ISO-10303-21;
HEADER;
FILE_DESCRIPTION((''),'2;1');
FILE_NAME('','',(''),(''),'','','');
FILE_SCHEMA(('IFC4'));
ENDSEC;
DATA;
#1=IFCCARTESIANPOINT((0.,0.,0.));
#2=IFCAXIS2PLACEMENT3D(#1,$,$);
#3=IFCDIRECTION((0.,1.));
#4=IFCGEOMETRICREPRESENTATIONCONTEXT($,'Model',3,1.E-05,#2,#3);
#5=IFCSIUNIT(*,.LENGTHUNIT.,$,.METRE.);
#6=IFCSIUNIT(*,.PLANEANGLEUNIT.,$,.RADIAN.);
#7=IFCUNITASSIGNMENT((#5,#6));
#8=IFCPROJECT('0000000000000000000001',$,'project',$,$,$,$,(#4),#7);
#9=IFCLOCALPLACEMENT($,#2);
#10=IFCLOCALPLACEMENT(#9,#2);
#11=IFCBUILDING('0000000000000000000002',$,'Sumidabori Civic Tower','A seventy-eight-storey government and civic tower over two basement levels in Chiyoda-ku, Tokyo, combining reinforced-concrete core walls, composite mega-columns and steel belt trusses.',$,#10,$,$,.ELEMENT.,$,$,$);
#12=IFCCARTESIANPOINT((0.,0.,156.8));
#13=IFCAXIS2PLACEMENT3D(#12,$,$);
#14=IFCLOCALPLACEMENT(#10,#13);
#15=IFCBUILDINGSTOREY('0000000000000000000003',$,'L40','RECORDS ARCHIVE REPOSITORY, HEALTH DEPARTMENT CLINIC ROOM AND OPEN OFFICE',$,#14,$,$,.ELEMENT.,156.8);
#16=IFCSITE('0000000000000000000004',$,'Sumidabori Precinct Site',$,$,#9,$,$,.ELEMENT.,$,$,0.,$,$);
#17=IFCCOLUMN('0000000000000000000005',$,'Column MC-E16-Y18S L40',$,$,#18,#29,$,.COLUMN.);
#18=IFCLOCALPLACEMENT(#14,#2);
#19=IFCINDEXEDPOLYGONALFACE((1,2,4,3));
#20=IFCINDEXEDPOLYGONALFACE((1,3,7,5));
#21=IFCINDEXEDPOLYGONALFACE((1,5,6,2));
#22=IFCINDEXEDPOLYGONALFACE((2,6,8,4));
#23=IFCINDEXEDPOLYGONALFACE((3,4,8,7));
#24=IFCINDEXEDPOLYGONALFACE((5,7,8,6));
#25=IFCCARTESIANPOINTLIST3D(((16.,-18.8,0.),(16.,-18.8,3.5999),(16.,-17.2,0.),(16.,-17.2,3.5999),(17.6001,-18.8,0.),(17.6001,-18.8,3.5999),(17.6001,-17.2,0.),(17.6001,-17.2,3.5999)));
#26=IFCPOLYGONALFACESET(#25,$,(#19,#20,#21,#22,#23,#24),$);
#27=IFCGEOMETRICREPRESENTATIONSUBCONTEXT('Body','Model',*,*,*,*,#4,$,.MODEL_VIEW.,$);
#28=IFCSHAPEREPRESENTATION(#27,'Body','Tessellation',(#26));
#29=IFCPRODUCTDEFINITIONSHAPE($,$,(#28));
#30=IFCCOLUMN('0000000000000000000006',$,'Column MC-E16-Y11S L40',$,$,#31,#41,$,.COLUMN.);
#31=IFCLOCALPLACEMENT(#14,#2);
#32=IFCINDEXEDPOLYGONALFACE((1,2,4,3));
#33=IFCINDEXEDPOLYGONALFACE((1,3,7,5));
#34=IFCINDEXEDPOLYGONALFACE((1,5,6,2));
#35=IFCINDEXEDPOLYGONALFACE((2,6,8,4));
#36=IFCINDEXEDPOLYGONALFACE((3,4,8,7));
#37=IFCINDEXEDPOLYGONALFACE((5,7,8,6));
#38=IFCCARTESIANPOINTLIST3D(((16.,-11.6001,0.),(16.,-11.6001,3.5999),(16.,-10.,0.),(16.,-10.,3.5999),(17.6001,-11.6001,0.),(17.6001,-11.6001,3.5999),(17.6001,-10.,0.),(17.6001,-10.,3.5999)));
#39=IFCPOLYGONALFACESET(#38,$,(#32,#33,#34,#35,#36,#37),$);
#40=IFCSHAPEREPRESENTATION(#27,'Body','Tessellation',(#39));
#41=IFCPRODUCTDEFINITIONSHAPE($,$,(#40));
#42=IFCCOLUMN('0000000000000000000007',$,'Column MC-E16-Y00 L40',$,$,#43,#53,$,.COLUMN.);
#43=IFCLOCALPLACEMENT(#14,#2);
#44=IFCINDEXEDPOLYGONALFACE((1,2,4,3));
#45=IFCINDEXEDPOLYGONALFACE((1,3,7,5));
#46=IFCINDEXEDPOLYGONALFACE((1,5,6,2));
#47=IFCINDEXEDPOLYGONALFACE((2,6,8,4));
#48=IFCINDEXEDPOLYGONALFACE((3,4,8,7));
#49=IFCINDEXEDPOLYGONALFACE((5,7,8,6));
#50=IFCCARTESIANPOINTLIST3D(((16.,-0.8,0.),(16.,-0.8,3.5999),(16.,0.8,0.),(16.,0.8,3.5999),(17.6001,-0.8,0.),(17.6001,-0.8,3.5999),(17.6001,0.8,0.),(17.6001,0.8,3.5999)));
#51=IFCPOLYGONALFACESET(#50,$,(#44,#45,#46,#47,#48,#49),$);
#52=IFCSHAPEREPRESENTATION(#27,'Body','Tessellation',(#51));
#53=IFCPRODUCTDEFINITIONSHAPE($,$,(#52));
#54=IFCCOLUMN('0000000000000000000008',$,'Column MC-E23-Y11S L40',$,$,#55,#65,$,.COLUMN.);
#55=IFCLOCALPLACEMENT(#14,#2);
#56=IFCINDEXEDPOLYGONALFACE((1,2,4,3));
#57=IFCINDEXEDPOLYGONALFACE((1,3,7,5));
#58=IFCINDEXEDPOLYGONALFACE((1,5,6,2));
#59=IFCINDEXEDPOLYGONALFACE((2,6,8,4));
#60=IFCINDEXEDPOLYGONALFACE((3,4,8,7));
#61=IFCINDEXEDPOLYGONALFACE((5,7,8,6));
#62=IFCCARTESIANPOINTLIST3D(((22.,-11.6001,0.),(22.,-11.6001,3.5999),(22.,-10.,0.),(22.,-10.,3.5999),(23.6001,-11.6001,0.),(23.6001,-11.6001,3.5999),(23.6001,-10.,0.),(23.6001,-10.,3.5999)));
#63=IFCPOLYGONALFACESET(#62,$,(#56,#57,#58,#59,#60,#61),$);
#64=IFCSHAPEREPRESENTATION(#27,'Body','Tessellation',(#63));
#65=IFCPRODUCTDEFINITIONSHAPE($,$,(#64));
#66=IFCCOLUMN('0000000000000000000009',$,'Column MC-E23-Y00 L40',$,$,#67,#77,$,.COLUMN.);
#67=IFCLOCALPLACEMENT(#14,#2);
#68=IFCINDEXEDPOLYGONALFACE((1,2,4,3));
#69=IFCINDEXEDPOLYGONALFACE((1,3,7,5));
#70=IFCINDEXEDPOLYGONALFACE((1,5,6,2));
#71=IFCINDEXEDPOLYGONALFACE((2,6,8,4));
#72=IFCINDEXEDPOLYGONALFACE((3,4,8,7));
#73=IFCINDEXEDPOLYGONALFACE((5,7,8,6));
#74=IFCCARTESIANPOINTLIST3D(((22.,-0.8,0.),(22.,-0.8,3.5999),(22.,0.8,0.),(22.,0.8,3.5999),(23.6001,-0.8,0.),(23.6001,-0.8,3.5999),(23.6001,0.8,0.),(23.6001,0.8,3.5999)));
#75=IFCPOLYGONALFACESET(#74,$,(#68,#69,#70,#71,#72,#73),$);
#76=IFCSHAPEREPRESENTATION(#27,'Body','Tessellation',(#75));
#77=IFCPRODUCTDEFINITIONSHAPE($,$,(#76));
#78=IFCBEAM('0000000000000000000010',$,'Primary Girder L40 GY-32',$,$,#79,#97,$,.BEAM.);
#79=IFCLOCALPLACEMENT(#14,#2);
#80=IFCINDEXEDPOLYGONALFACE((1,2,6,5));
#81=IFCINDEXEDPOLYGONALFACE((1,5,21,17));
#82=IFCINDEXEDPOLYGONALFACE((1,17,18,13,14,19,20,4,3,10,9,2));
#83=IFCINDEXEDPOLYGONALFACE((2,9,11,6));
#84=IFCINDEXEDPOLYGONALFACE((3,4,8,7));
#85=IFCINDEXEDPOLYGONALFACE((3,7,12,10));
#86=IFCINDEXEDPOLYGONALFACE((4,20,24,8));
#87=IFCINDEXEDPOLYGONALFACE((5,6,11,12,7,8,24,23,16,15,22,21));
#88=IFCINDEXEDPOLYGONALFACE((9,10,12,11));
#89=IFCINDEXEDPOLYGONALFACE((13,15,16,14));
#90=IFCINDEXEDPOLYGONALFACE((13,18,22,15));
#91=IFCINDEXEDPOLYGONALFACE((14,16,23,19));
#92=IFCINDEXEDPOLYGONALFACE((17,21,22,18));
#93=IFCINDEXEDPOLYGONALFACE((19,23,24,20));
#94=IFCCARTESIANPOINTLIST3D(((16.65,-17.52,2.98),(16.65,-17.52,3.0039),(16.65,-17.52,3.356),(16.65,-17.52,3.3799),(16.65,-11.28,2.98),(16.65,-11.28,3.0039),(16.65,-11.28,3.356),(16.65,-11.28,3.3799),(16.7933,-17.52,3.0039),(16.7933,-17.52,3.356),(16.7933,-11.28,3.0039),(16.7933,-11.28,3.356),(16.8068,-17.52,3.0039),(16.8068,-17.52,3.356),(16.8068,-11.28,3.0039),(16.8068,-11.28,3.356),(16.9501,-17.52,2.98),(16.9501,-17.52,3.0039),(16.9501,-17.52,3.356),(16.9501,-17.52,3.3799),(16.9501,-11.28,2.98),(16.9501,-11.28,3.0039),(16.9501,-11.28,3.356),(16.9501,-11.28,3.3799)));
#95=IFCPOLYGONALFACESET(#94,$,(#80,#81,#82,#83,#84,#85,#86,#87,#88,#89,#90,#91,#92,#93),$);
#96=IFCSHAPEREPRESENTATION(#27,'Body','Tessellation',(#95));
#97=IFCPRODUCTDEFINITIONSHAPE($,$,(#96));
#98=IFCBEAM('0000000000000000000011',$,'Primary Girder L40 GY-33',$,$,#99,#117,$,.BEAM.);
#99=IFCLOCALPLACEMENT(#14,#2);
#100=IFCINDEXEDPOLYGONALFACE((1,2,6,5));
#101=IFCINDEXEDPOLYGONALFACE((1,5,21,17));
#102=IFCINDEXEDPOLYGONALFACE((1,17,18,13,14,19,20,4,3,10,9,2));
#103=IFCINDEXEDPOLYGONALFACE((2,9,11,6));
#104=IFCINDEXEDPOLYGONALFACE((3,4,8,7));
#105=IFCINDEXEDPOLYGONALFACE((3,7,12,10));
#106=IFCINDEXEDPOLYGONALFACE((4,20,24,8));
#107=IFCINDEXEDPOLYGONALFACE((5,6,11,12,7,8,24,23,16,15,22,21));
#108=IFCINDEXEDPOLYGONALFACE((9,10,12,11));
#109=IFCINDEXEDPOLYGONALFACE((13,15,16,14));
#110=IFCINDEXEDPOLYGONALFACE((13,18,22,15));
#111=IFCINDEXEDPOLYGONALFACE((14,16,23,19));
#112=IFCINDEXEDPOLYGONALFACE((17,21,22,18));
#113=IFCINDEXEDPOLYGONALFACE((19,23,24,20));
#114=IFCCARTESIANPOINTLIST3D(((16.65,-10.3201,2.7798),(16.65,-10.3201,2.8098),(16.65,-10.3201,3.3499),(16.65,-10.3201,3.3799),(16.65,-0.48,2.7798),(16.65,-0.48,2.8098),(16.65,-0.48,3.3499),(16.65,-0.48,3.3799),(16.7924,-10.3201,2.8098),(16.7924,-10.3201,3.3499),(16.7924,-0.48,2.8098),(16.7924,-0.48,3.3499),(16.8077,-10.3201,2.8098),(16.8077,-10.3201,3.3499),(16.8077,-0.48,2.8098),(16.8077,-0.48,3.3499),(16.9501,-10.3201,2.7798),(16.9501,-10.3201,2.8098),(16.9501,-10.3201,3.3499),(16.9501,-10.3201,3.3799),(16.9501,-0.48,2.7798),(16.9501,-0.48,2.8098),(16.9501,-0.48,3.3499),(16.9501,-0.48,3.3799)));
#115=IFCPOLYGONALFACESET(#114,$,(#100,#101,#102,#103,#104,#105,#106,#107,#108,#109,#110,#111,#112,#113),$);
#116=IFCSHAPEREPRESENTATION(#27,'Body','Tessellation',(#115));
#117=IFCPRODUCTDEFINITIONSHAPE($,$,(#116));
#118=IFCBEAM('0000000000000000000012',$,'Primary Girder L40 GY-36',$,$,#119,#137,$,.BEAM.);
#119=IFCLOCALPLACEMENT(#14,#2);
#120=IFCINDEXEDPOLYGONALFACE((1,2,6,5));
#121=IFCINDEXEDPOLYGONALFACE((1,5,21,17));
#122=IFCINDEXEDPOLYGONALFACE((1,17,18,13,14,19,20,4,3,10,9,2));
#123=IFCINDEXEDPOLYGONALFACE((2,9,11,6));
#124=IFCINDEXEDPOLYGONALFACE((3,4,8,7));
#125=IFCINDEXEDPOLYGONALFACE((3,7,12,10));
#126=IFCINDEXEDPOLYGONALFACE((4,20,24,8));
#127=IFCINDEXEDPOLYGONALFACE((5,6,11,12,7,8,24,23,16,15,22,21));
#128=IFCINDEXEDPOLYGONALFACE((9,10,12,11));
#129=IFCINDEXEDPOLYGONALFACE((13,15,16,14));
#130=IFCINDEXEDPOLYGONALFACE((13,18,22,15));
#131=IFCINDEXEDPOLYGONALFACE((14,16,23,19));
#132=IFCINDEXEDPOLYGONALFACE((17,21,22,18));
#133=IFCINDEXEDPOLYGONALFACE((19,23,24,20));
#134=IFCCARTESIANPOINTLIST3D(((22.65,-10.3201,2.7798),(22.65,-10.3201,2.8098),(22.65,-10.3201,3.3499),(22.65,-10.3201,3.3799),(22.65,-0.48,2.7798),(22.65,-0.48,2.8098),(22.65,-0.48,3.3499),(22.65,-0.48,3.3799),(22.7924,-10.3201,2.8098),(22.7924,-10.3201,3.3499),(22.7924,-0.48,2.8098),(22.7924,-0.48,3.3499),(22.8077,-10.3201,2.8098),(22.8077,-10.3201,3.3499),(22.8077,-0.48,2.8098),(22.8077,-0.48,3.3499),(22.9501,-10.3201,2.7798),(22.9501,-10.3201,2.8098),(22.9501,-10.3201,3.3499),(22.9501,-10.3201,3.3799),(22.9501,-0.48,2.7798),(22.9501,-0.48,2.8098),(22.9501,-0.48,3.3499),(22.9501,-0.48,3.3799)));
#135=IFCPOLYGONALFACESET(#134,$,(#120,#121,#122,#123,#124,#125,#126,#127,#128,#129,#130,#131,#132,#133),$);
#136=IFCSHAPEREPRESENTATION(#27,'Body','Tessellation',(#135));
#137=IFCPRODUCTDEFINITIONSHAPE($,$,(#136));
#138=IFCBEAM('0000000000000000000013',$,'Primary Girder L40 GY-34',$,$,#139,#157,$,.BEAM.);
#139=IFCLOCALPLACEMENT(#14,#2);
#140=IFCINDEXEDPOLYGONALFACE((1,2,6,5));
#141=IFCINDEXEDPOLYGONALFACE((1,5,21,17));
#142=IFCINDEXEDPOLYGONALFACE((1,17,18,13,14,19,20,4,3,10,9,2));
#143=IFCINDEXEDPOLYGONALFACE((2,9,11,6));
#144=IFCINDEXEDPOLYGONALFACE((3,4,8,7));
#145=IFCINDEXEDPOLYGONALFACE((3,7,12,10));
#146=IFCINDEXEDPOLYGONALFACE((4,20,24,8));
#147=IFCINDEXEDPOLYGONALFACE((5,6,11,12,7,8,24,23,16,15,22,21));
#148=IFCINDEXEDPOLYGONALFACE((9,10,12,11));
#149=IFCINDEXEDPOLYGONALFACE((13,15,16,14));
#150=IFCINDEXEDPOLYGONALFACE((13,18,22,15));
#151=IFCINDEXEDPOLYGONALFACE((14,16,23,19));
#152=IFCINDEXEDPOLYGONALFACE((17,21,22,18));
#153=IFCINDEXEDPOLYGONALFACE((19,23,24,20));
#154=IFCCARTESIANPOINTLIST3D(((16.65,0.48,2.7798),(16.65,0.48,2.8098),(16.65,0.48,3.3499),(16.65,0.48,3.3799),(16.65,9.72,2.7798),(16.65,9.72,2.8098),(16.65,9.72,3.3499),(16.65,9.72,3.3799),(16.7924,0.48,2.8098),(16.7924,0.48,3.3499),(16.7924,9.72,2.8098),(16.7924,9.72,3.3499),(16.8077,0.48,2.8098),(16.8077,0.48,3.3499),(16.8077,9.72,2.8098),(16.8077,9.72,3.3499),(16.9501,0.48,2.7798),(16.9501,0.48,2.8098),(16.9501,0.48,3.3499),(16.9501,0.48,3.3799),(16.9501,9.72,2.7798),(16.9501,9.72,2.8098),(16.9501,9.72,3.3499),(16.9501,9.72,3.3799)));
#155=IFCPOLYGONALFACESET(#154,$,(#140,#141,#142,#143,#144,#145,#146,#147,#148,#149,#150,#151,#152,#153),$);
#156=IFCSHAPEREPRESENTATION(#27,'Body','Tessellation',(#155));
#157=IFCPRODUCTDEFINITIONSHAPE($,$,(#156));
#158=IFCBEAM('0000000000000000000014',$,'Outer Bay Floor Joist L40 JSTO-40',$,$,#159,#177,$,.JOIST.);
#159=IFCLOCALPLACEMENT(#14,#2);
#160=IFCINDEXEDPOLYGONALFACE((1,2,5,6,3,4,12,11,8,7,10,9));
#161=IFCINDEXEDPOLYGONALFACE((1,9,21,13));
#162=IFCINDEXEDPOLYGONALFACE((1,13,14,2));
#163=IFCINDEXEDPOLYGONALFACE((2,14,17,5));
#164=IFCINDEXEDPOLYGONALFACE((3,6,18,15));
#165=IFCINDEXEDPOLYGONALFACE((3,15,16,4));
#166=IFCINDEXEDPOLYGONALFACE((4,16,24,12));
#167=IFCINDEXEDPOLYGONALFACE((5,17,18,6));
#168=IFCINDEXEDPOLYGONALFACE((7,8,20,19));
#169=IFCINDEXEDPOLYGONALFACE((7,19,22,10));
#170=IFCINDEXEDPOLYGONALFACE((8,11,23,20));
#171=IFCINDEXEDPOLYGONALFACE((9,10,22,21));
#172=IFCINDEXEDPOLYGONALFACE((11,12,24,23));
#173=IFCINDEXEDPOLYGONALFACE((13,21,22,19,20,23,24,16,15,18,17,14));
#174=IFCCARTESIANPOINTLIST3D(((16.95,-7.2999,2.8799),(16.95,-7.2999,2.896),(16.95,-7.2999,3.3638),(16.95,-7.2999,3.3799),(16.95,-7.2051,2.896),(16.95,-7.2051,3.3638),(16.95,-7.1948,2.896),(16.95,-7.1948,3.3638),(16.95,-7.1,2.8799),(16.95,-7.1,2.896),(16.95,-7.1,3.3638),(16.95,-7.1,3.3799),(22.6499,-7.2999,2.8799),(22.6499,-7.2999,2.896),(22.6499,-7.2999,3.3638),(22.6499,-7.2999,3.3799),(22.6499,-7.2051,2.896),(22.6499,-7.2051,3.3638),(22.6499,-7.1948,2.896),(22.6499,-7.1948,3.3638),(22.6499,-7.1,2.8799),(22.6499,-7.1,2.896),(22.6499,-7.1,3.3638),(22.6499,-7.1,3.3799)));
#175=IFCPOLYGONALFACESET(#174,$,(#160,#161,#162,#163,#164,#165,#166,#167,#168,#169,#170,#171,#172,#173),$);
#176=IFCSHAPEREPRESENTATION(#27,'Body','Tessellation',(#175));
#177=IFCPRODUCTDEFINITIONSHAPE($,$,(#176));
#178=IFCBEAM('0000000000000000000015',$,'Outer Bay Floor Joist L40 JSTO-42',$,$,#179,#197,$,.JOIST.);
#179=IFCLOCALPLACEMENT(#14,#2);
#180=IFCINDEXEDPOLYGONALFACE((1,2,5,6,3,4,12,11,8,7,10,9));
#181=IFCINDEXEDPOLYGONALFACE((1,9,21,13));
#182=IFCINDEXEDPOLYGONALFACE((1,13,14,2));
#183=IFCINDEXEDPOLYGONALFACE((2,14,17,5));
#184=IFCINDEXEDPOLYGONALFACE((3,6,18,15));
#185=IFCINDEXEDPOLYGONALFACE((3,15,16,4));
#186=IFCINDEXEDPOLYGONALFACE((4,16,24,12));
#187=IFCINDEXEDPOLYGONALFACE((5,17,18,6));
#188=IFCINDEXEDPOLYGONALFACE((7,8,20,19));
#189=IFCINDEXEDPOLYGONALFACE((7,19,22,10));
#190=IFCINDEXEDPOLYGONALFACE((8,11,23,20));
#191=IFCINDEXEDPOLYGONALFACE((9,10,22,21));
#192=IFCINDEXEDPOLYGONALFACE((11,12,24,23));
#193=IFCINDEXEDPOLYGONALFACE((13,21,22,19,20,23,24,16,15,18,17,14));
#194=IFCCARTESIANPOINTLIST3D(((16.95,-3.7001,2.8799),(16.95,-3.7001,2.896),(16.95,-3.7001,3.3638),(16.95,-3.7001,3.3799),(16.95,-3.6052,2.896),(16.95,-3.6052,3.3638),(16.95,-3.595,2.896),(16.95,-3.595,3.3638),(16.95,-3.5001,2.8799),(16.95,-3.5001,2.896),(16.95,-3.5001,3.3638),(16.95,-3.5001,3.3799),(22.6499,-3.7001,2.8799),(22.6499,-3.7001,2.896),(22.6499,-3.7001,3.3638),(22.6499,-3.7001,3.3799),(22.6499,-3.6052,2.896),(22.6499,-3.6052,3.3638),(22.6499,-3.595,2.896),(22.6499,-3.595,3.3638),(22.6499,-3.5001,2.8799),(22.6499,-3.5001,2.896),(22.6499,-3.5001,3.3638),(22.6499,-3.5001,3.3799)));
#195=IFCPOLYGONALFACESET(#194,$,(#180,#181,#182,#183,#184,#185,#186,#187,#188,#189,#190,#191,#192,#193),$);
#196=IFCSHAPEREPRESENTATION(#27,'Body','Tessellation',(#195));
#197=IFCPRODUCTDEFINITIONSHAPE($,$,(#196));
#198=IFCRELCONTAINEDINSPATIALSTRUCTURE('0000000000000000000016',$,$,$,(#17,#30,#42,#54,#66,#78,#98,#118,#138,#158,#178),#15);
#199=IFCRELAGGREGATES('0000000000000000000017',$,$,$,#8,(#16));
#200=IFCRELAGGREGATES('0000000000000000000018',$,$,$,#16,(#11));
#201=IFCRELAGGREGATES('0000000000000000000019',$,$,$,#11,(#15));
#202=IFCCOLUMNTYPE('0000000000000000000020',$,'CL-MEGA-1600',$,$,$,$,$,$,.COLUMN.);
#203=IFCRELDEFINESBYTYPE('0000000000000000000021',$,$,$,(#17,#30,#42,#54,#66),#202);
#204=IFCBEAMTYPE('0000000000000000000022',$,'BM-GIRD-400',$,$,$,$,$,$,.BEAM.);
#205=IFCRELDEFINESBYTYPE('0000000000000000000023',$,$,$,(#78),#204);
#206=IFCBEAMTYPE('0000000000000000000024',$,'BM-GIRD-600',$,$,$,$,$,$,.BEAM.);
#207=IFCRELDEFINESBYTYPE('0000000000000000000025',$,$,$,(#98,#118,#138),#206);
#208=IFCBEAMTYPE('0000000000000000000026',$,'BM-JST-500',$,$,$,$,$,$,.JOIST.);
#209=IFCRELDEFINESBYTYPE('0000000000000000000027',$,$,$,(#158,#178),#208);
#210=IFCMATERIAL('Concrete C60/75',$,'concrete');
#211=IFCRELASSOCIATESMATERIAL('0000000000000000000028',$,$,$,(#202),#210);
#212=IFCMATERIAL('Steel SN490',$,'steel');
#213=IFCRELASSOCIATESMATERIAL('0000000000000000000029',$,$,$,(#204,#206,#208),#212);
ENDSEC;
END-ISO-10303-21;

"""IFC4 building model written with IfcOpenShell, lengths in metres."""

from ifc_helpers import new_model, si_unit, direction, frame, origin, origin_2d, place, context, subcontext, project, spatial, rectangle, i_section, extrude, source, transform, mapped, material, material_profile, profile_set, type_object, element, save


model = new_model("IFC4")

# Units and contexts
model_context = context("Model", 3, precision=1e-05, world=origin(), true_north=direction((0.0, 1.0)))
body_context = subcontext(model_context, "Body", "Model", "MODEL_VIEW")
ifc_project = project(units=[si_unit("LENGTHUNIT", "METRE"), si_unit("PLANEANGLEUNIT", "RADIAN")], contexts=[model_context])

# Site, building, storey
site_placement = place(None, origin())
site = spatial("IfcSite", under=ifc_project, at=site_placement, Name="Sumidabori Precinct Site", CompositionType="ELEMENT", RefElevation=0.0)
building_placement = place(site_placement, origin())
building = spatial("IfcBuilding", under=site, at=building_placement, Name="Sumidabori Civic Tower", Description="A seventy-eight-storey government and civic tower over two basement levels in Chiyoda-ku, Tokyo, combining reinforced-concrete core walls, composite mega-columns and steel belt trusses.", CompositionType="ELEMENT")
storey_placement = place(building_placement, frame((0.0, 0.0, 156.8)))
storey = spatial("IfcBuildingStorey", under=building, at=storey_placement, Name="L40", Description="RECORDS ARCHIVE REPOSITORY, HEALTH DEPARTMENT CLINIC ROOM AND OPEN OFFICE", CompositionType="ELEMENT", Elevation=156.8)

# Columns
ifc_material_1 = material(Name="Concrete C60/75", Category="concrete")
ifc_material_profile_1 = material_profile(ifc_material_1, rectangle(XDim=1.6001, YDim=1.6001, at=origin_2d()), Name="RC 1600x1600")
ifc_profile_set_1 = profile_set([ifc_material_profile_1], Name="Concrete C60/75")
column_type = type_object("IfcColumnType", Name="CL-MEGA-1600", PredefinedType="COLUMN", material=ifc_profile_set_1)
shared_shape_1 = source(origin(), body_context, "Body", "SweptSolid", [
    extrude(rectangle(XDim=1.6001, YDim=1.6001, at=origin_2d()), origin(), (0.0, 0.0, 1.0), 3.5999),
])
for number, where, z_axis, x_axis, name in (
    (1, (16.8, -18.0, 0.0), (0.0, 0.0, 1.0), (1.0, 0.0, 0.0), "Column MC-E16-Y18S L40"),
    (2, (16.8, -10.8, 0.0), (0.0, 0.0, 1.0), (1.0, 0.0, 0.0), "Column MC-E16-Y11S L40"),
    (3, (16.8, 0.0, 0.0), (0.0, 0.0, 1.0), (1.0, 0.0, 0.0), "Column MC-E16-Y00 L40"),
    (4, (22.8, -10.8, 0.0), (0.0, 0.0, 1.0), (1.0, 0.0, 0.0), "Column MC-E23-Y11S L40"),
    (5, (22.8, 0.0, 0.0), (0.0, 0.0, 1.0), (1.0, 0.0, 0.0), "Column MC-E23-Y00 L40"),
):
    element("IfcColumn", number, at=place(storey_placement, frame(where, z_axis=z_axis, x_axis=x_axis)), inside=storey, type_object=column_type, Name=name, PredefinedType="COLUMN", context=body_context, shape_type="MappedRepresentation", body=[
        mapped(shared_shape_1, transform((0.0, 0.0, 0.0), x_axis=(1.0, 0.0, 0.0), y_axis=(0.0, 1.0, 0.0), z_axis=(0.0, 0.0, 1.0), scale=1.0)),
    ])

# Beams
ifc_material_2 = material(Name="Steel SN490", Category="steel")
ifc_material_profile_2 = material_profile(ifc_material_2, i_section(OverallWidth=0.3, OverallDepth=0.3999, WebThickness=0.0134, FlangeThickness=0.0239, at=origin_2d()), Name="HE 400 B")
ifc_profile_set_2 = profile_set([ifc_material_profile_2], Name="Steel SN490")
beam_type_1 = type_object("IfcBeamType", Name="BM-GIRD-400", PredefinedType="BEAM", material=ifc_profile_set_2)
shared_shape_2 = source(origin(), body_context, "Body", "SweptSolid", [
    extrude(i_section(OverallWidth=0.3, OverallDepth=0.3999, WebThickness=0.0134, FlangeThickness=0.0239, at=origin_2d()), origin(), (0.0, 0.0, 1.0), 6.24),
])
beam_1_placement = place(storey_placement, frame((16.8, -17.52, 3.1799), z_axis=(0.0, 1.0, 0.0), x_axis=(-1.0, 0.0, 0.0)))
element("IfcBeam", 6, at=beam_1_placement, inside=storey, type_object=beam_type_1, Name="Primary Girder L40 GY-32", PredefinedType="BEAM", context=body_context, shape_type="MappedRepresentation", body=[
    mapped(shared_shape_2, transform((0.0, 0.0, 0.0), x_axis=(1.0, 0.0, 0.0), y_axis=(0.0, 1.0, 0.0), z_axis=(0.0, 0.0, 1.0), scale=1.0)),
])
ifc_material_profile_3 = material_profile(ifc_material_2, i_section(OverallWidth=0.3, OverallDepth=0.6001, WebThickness=0.0154, FlangeThickness=0.03, at=origin_2d()), Name="HE 600 B")
ifc_profile_set_3 = profile_set([ifc_material_profile_3], Name="Steel SN490")
beam_type_2 = type_object("IfcBeamType", Name="BM-GIRD-600", PredefinedType="BEAM", material=ifc_profile_set_3)
shared_shape_3 = source(origin(), body_context, "Body", "SweptSolid", [
    extrude(i_section(OverallWidth=0.3, OverallDepth=0.6001, WebThickness=0.0154, FlangeThickness=0.03, at=origin_2d()), origin(), (0.0, 0.0, 1.0), 9.8401),
])
for number, where, z_axis, x_axis, name in (
    (7, (16.8, -10.3201, 3.0798), (0.0, 1.0, 0.0), (-1.0, 0.0, 0.0), "Primary Girder L40 GY-33"),
    (8, (22.8, -10.3201, 3.0798), (0.0, 1.0, 0.0), (-1.0, 0.0, 0.0), "Primary Girder L40 GY-36"),
):
    element("IfcBeam", number, at=place(storey_placement, frame(where, z_axis=z_axis, x_axis=x_axis)), inside=storey, type_object=beam_type_2, Name=name, PredefinedType="BEAM", context=body_context, shape_type="MappedRepresentation", body=[
        mapped(shared_shape_3, transform((0.0, 0.0, 0.0), x_axis=(1.0, 0.0, 0.0), y_axis=(0.0, 1.0, 0.0), z_axis=(0.0, 0.0, 1.0), scale=1.0)),
    ])
shared_shape_4 = source(origin(), body_context, "Body", "SweptSolid", [
    extrude(i_section(OverallWidth=0.3, OverallDepth=0.6001, WebThickness=0.0154, FlangeThickness=0.03, at=origin_2d()), origin(), (0.0, 0.0, 1.0), 9.24),
])
beam_2_placement = place(storey_placement, frame((16.8, 0.48, 3.0798), z_axis=(0.0, 1.0, 0.0), x_axis=(-1.0, 0.0, 0.0)))
element("IfcBeam", 9, at=beam_2_placement, inside=storey, type_object=beam_type_2, Name="Primary Girder L40 GY-34", PredefinedType="BEAM", context=body_context, shape_type="MappedRepresentation", body=[
    mapped(shared_shape_4, transform((0.0, 0.0, 0.0), x_axis=(1.0, 0.0, 0.0), y_axis=(0.0, 1.0, 0.0), z_axis=(0.0, 0.0, 1.0), scale=1.0)),
])
ifc_material_profile_4 = material_profile(ifc_material_2, i_section(OverallWidth=0.2, OverallDepth=0.5, WebThickness=0.0103, FlangeThickness=0.0161, at=origin_2d()), Name="IPE 500")
ifc_profile_set_4 = profile_set([ifc_material_profile_4], Name="Steel SN490")
beam_type_3 = type_object("IfcBeamType", Name="BM-JST-500", PredefinedType="JOIST", material=ifc_profile_set_4)
shared_shape_5 = source(origin(), body_context, "Body", "SweptSolid", [
    extrude(i_section(OverallWidth=0.2, OverallDepth=0.5, WebThickness=0.0103, FlangeThickness=0.0161, at=origin_2d()), origin(), (0.0, 0.0, 1.0), 5.7),
])
for number, where, z_axis, x_axis, name in (
    (10, (16.95, -7.2, 3.1299), (1.0, 0.0, 0.0), (0.0, 1.0, 0.0), "Outer Bay Floor Joist L40 JSTO-40"),
    (11, (16.95, -3.6001, 3.1299), (1.0, 0.0, 0.0), (0.0, 1.0, 0.0), "Outer Bay Floor Joist L40 JSTO-42"),
):
    element("IfcBeam", number, at=place(storey_placement, frame(where, z_axis=z_axis, x_axis=x_axis)), inside=storey, type_object=beam_type_3, Name=name, PredefinedType="JOIST", context=body_context, shape_type="MappedRepresentation", body=[
        mapped(shared_shape_5, transform((0.0, 0.0, 0.0), x_axis=(1.0, 0.0, 0.0), y_axis=(0.0, 1.0, 0.0), z_axis=(0.0, 0.0, 1.0), scale=1.0)),
    ])

save(model, "model.ifc")
